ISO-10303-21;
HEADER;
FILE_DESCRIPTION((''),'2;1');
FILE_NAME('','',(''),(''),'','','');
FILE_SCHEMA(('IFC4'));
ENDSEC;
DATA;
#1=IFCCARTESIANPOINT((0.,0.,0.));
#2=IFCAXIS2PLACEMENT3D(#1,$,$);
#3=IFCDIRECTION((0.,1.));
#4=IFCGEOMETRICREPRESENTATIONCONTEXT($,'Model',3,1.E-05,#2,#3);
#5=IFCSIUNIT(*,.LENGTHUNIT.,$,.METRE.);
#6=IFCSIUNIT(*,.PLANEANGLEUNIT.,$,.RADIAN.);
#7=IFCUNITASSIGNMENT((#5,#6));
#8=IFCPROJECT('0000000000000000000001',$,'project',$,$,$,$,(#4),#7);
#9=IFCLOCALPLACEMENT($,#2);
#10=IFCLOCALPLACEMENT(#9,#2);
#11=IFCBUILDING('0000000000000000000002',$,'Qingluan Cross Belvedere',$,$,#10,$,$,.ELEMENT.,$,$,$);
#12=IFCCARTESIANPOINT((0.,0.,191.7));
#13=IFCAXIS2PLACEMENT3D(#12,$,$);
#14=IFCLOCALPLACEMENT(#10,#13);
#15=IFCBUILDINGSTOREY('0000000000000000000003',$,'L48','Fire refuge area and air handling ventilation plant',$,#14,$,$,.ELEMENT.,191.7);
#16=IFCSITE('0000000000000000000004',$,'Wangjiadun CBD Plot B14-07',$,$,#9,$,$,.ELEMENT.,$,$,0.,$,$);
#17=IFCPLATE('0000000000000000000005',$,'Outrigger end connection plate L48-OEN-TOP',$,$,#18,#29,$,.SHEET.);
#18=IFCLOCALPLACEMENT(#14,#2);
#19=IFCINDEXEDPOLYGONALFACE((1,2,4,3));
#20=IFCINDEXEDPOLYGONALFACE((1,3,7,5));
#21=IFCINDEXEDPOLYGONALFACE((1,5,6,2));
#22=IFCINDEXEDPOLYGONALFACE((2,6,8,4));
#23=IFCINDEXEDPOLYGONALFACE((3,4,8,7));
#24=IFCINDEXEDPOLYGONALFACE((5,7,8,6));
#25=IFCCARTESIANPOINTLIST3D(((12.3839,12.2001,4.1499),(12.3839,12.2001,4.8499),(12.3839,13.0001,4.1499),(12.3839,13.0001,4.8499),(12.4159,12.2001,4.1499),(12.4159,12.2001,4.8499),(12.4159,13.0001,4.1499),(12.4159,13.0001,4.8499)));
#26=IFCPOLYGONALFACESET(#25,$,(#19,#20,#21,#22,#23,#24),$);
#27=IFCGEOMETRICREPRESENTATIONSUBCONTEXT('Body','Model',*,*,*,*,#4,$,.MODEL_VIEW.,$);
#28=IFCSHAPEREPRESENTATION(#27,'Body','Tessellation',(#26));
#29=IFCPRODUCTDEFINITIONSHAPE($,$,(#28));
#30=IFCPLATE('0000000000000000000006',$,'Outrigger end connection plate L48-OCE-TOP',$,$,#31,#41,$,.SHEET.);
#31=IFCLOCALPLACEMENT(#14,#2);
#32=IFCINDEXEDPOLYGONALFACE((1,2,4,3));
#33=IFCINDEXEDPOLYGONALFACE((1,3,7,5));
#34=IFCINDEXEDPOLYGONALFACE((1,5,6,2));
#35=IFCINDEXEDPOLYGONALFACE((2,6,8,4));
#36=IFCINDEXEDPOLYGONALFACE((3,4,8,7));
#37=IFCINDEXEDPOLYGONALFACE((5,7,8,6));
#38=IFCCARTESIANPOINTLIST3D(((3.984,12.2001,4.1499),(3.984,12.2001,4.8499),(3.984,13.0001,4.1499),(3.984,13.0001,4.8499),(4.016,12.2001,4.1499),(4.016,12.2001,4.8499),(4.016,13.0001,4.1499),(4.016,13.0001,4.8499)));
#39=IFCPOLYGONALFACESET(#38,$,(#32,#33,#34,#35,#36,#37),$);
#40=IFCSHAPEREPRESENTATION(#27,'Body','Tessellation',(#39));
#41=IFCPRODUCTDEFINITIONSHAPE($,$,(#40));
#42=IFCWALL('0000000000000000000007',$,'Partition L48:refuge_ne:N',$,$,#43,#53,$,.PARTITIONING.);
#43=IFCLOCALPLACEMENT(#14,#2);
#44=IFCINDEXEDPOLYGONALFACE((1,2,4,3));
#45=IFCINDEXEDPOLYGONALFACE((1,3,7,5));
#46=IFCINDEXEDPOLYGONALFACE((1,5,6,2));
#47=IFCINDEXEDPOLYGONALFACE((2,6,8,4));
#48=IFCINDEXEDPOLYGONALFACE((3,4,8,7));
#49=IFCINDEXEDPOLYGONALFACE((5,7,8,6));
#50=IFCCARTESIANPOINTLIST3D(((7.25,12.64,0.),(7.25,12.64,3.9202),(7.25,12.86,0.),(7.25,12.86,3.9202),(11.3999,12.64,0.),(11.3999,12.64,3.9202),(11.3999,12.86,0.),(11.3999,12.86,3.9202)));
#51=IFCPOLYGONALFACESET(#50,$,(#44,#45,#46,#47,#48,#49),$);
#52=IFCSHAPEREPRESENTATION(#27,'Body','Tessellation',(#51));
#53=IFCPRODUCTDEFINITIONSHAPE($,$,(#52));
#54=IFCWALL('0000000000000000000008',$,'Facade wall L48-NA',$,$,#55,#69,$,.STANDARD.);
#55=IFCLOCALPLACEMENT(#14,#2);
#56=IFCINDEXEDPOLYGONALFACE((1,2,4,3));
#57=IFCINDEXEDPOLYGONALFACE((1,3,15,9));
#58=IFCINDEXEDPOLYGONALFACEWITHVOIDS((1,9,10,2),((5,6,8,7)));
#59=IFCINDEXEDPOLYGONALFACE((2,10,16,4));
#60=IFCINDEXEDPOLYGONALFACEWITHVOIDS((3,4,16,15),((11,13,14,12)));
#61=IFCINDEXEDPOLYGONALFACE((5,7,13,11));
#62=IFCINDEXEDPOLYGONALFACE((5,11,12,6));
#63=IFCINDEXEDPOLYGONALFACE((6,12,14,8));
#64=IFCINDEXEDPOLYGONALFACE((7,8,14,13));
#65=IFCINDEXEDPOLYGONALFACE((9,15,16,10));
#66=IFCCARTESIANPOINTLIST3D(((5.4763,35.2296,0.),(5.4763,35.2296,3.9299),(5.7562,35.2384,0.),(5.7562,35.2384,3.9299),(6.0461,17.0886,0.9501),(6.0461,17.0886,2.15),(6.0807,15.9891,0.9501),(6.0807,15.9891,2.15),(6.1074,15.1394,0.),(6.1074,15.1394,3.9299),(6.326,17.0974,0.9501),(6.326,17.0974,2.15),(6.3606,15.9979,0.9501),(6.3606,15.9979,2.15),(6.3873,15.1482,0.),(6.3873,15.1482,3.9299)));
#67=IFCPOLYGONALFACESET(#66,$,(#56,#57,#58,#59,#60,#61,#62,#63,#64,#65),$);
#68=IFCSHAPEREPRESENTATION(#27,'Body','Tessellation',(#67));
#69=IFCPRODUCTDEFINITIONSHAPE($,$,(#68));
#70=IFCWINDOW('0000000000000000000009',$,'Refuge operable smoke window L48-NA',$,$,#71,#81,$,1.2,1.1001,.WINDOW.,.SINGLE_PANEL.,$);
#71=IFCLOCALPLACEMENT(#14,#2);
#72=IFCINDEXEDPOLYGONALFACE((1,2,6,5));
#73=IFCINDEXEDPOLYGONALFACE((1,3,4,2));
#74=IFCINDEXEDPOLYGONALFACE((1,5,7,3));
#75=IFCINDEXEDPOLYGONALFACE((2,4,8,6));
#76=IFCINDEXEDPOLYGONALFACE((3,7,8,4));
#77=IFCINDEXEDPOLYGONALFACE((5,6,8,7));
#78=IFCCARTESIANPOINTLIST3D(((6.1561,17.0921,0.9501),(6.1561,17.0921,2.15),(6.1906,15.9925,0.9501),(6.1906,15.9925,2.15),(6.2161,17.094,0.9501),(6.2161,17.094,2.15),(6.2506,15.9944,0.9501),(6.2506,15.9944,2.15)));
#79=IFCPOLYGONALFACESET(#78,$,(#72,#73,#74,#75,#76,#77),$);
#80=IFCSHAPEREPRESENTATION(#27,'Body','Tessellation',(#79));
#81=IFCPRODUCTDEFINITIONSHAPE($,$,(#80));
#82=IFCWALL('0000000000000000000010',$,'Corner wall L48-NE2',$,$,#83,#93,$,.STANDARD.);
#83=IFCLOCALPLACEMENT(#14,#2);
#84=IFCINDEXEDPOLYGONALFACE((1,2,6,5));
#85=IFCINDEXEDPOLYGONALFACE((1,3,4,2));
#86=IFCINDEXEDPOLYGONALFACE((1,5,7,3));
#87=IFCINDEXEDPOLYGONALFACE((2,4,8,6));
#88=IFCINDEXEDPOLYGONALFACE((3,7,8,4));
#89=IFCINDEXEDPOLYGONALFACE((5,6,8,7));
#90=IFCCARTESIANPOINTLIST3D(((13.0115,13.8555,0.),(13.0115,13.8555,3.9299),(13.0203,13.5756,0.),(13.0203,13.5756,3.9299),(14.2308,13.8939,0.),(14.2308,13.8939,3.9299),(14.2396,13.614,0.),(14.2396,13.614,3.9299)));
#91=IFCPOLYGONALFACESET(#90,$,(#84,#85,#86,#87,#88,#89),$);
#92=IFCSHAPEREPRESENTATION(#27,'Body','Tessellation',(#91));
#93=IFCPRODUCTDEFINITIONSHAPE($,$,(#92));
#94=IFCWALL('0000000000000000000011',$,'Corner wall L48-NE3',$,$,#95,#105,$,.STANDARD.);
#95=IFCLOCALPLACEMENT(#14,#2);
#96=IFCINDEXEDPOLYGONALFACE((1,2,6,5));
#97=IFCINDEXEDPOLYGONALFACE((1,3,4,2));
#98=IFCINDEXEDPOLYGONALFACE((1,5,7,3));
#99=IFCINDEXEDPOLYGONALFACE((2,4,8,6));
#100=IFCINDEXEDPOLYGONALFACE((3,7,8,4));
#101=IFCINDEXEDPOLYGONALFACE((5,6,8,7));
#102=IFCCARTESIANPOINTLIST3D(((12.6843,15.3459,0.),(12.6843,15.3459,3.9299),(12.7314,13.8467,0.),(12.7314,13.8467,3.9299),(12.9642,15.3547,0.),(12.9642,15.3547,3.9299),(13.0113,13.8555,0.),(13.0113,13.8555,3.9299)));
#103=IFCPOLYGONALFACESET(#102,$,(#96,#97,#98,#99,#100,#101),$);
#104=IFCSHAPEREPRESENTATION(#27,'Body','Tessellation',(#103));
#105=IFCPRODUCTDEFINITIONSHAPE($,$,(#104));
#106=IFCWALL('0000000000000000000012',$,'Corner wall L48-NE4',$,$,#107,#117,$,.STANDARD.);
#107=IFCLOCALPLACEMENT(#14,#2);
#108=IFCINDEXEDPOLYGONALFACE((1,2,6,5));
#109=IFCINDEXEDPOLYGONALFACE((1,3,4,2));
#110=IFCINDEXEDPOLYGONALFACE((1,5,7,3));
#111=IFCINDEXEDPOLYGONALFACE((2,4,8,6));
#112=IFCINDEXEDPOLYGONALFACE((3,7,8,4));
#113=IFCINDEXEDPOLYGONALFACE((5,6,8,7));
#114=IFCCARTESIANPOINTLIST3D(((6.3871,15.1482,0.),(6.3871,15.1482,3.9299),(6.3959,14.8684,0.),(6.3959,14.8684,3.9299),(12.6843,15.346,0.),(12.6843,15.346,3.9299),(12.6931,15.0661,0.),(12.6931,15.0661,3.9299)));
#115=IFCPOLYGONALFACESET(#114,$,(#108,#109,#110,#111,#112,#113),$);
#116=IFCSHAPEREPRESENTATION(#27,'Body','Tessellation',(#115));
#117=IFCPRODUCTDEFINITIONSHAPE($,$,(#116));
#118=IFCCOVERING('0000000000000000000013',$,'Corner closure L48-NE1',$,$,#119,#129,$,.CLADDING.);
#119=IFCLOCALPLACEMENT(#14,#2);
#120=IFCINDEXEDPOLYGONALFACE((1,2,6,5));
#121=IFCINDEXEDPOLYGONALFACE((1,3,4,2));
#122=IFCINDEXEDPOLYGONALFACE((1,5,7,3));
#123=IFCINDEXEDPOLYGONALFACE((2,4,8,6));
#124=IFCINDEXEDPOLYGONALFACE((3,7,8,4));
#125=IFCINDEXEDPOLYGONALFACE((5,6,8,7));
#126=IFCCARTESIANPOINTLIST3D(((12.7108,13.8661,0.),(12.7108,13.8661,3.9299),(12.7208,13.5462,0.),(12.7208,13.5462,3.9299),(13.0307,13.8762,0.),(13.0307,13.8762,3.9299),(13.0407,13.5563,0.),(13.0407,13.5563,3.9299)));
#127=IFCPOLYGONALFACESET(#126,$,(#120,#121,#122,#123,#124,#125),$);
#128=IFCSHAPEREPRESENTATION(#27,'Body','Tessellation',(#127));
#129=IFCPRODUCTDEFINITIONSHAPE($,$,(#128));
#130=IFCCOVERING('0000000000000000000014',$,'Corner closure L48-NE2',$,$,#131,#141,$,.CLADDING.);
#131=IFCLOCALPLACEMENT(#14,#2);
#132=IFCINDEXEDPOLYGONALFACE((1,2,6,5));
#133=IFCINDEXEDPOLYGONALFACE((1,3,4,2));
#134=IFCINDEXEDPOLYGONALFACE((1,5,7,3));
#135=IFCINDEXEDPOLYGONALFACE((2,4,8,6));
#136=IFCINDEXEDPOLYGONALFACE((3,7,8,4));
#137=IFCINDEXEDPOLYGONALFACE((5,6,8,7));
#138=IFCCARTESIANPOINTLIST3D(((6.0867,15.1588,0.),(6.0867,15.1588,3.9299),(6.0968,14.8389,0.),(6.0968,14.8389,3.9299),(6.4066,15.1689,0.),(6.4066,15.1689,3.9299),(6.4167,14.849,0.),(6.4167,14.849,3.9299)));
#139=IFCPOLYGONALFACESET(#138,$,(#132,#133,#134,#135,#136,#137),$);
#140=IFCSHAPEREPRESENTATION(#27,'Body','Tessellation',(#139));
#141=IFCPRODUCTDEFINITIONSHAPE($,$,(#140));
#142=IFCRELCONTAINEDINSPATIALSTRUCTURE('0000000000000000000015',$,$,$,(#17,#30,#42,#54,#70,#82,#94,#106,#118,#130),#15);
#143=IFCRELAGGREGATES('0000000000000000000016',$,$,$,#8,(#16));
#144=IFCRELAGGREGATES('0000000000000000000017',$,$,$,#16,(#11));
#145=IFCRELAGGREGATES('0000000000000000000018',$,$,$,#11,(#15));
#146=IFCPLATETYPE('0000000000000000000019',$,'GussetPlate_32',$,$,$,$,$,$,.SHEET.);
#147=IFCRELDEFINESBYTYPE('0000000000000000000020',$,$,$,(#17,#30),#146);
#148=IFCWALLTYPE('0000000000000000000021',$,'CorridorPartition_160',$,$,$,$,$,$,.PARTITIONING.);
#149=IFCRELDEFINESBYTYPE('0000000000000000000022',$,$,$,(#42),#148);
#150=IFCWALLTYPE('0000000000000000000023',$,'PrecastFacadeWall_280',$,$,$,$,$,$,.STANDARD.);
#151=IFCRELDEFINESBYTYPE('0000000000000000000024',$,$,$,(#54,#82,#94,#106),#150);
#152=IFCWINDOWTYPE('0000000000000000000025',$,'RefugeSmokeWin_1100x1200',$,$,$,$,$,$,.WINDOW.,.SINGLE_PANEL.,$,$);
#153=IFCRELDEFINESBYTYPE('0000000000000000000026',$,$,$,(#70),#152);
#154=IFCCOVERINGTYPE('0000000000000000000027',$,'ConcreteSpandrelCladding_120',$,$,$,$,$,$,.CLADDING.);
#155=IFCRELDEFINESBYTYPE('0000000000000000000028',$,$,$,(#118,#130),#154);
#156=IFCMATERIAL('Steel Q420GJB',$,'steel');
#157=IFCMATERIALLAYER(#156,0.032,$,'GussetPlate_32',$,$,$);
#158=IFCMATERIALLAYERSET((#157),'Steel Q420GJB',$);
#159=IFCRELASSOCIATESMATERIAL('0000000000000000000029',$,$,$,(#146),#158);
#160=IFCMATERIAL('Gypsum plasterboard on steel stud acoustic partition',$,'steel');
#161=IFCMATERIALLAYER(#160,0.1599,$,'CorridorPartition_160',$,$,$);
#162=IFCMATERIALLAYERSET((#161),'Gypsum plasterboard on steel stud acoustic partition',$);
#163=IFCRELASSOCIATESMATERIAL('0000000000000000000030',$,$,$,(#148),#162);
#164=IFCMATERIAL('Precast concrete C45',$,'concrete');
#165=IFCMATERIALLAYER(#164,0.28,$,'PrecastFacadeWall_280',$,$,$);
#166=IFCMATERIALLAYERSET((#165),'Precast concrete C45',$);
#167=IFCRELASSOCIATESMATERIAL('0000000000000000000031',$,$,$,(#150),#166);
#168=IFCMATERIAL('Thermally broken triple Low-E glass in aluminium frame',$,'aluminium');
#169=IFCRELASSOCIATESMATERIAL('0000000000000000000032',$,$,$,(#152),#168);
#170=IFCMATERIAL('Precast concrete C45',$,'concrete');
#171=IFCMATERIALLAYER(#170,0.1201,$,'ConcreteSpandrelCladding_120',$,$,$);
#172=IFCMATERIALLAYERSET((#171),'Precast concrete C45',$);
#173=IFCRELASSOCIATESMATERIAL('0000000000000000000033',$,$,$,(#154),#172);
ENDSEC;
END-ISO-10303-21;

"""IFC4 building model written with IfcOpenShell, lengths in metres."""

from ifc_helpers import new_model, si_unit, direction, frame, frame_2d, origin, origin_2d, place, context, subcontext, project, spatial, rectangle, extrude, material, layer, layer_set, type_object, element, fill, save


model = new_model("IFC4")

# Units and contexts
model_context = context("Model", 3, precision=1e-05, world=origin(), true_north=direction((0.0, 1.0)))
body_context = subcontext(model_context, "Body", "Model", "MODEL_VIEW")
ifc_project = project(units=[si_unit("LENGTHUNIT", "METRE"), si_unit("PLANEANGLEUNIT", "RADIAN")], contexts=[model_context])

# Site, building, storey
site_placement = place(None, origin())
site = spatial("IfcSite", under=ifc_project, at=site_placement, Name="Wangjiadun CBD Plot B14-07", CompositionType="ELEMENT", RefElevation=0.0)
building_placement = place(site_placement, origin())
building = spatial("IfcBuilding", under=site, at=building_placement, Name="Qingluan Cross Belvedere", CompositionType="ELEMENT")
storey_placement = place(building_placement, frame((0.0, 0.0, 191.7)))
storey = spatial("IfcBuildingStorey", under=building, at=storey_placement, Name="L48", Description="Fire refuge area and air handling ventilation plant", CompositionType="ELEMENT", Elevation=191.7)

# Plates
ifc_material_1 = material(Name="Steel Q420GJB", Category="steel")
ifc_layer_1 = layer(ifc_material_1, 0.032, Name="GussetPlate_32")
ifc_layer_set_1 = layer_set([ifc_layer_1], Name="Steel Q420GJB")
plate_type = type_object("IfcPlateType", Name="GussetPlate_32", PredefinedType="SHEET", material=ifc_layer_set_1)
for number, where, z_axis, x_axis, name in (
    (1, (12.3999, 12.6001, 4.1499), (0.0, 0.0, 1.0), (0.0, 1.0, 0.0), "Outrigger end connection plate L48-OEN-TOP"),
    (2, (4.0, 12.6001, 4.1499), (0.0, 0.0, 1.0), (0.0, 1.0, 0.0), "Outrigger end connection plate L48-OCE-TOP"),
):
    element("IfcPlate", number, at=place(storey_placement, frame(where, z_axis=z_axis, x_axis=x_axis)), inside=storey, type_object=plate_type, Name=name, PredefinedType="SHEET", context=body_context, shape_type="SweptSolid", body=[
        extrude(rectangle(XDim=0.8, YDim=0.032, at=origin_2d()), origin(), (0.0, 0.0, 1.0), 0.7),
    ])

# Wall
ifc_material_2 = material(Name="Gypsum plasterboard on steel stud acoustic partition", Category="steel")
ifc_layer_2 = layer(ifc_material_2, 0.1599, Name="CorridorPartition_160")
ifc_layer_set_2 = layer_set([ifc_layer_2], Name="Gypsum plasterboard on steel stud acoustic partition")
wall_type_1 = type_object("IfcWallType", Name="CorridorPartition_160", PredefinedType="PARTITIONING", material=ifc_layer_set_2)
wall_1_placement = place(storey_placement, frame((7.25, 12.75, 0.0), z_axis=(0.0, 0.0, 1.0), x_axis=(1.0, 0.0, 0.0)))
element("IfcWall", 3, at=wall_1_placement, inside=storey, type_object=wall_type_1, Name="Partition L48:refuge_ne:N", PredefinedType="PARTITIONING", context=body_context, shape_type="SweptSolid", body=[
    extrude(rectangle(XDim=4.1499, YDim=0.22, at=frame_2d((2.075, 0.0))), origin(), (0.0, 0.0, 1.0), 3.9202),
])

# Wall, opening, window
ifc_material_3 = material(Name="Precast concrete C45", Category="concrete")
ifc_layer_3 = layer(ifc_material_3, 0.28, Name="PrecastFacadeWall_280")
ifc_layer_set_3 = layer_set([ifc_layer_3], Name="Precast concrete C45")
wall_type_2 = type_object("IfcWallType", Name="PrecastFacadeWall_280", PredefinedType="STANDARD", material=ifc_layer_set_3)
wall_2_placement = place(storey_placement, frame((6.2473, 15.1438, 0.0), z_axis=(0.0, 0.0, 1.0), x_axis=(-0.031398, 0.999507, 0.0)))
wall_2 = element("IfcWall", 4, at=wall_2_placement, inside=storey, type_object=wall_type_2, Name="Facade wall L48-NA", PredefinedType="STANDARD", context=body_context, shape_type="SweptSolid", body=[
    extrude(rectangle(XDim=20.1001, YDim=0.28, at=frame_2d((10.05, 0.0))), origin(), (0.0, 0.0, 1.0), 3.9299),
])
opening_placement = place(wall_2_placement, frame((0.8501, 0.0, 0.95)))
opening = element("IfcOpeningElement", 5, at=opening_placement, cuts=wall_2, PredefinedType="OPENING", context=body_context, shape_type="SweptSolid", body=[
    extrude(rectangle(XDim=1.1001, YDim=1.2, at=frame_2d((0.55, 0.6001))), frame((0.0, 0.1499, 0.0), z_axis=(0.0, -1.0, 0.0), x_axis=(1.0, 0.0, 0.0)), (0.0, 0.0, 1.0), 0.3),
])
ifc_material_4 = material(Name="Thermally broken triple Low-E glass in aluminium frame", Category="aluminium")
window_type = type_object("IfcWindowType", Name="RefugeSmokeWin_1100x1200", PartitioningType="SINGLE_PANEL", PredefinedType="WINDOW", material=ifc_material_4)
window_placement = place(opening_placement, origin())
window = element("IfcWindow", 6, at=window_placement, inside=storey, type_object=window_type, Name="Refuge operable smoke window L48-NA", OverallHeight=1.2, OverallWidth=1.1001, PartitioningType="SINGLE_PANEL", PredefinedType="WINDOW", context=body_context, shape_type="SweptSolid", body=[
    extrude(rectangle(XDim=1.1001, YDim=1.2, at=frame_2d((0.55, 0.6001))), frame((0.0, 0.03, 0.0), z_axis=(0.0, -1.0, 0.0), x_axis=(1.0, 0.0, 0.0)), (0.0, 0.0, 1.0), 0.0601),
])
fill(opening, window)

# Walls
wall_3_placement = place(storey_placement, frame((14.2351, 13.7539, 0.0), z_axis=(0.0, 0.0, 1.0), x_axis=(-0.999506, -0.031416, 0.0)))
element("IfcWall", 7, at=wall_3_placement, inside=storey, type_object=wall_type_2, Name="Corner wall L48-NE2", PredefinedType="STANDARD", context=body_context, shape_type="SweptSolid", body=[
    extrude(rectangle(XDim=1.22, YDim=0.28, at=frame_2d((0.6099, 0.0))), origin(), (0.0, 0.0, 1.0), 3.9299),
])
wall_4_placement = place(storey_placement, frame((12.8713, 13.8511, 0.0), z_axis=(0.0, 0.0, 1.0), x_axis=(-0.031413, 0.999507, 0.0)))
element("IfcWall", 8, at=wall_4_placement, inside=storey, type_object=wall_type_2, Name="Corner wall L48-NE3", PredefinedType="STANDARD", context=body_context, shape_type="SweptSolid", body=[
    extrude(rectangle(XDim=1.5, YDim=0.28, at=frame_2d((0.75, 0.0))), origin(), (0.0, 0.0, 1.0), 3.9299),
])
wall_5_placement = place(storey_placement, frame((12.6887, 15.2061, 0.0), z_axis=(0.0, 0.0, 1.0), x_axis=(-0.999507, -0.031388, 0.0)))
element("IfcWall", 9, at=wall_5_placement, inside=storey, type_object=wall_type_2, Name="Corner wall L48-NE4", PredefinedType="STANDARD", context=body_context, shape_type="SweptSolid", body=[
    extrude(rectangle(XDim=6.3003, YDim=0.28, at=frame_2d((3.1501, 0.0))), origin(), (0.0, 0.0, 1.0), 3.9299),
])

# Coverings
ifc_material_5 = material(Name="Precast concrete C45", Category="concrete")
ifc_layer_4 = layer(ifc_material_5, 0.1201, Name="ConcreteSpandrelCladding_120")
ifc_layer_set_4 = layer_set([ifc_layer_4], Name="Precast concrete C45")
covering_type = type_object("IfcCoveringType", Name="ConcreteSpandrelCladding_120", PredefinedType="CLADDING", material=ifc_layer_set_4)
for number, where, z_axis, x_axis, name in (
    (10, (12.8757, 13.7112, 0.0), (0.0, 0.0, 1.0), (0.999507, 0.031411, 0.0), "Corner closure L48-NE1"),
    (11, (6.2517, 15.0039, 0.0), (0.0, 0.0, 1.0), (0.999507, 0.031411, 0.0), "Corner closure L48-NE2"),
):
    element("IfcCovering", number, at=place(storey_placement, frame(where, z_axis=z_axis, x_axis=x_axis)), inside=storey, type_object=covering_type, Name=name, PredefinedType="CLADDING", context=body_context, shape_type="SweptSolid", body=[
        extrude(rectangle(XDim=0.3201, YDim=0.3201, at=origin_2d()), origin(), (0.0, 0.0, 1.0), 3.9299),
    ])

save(model, "model.ifc")
